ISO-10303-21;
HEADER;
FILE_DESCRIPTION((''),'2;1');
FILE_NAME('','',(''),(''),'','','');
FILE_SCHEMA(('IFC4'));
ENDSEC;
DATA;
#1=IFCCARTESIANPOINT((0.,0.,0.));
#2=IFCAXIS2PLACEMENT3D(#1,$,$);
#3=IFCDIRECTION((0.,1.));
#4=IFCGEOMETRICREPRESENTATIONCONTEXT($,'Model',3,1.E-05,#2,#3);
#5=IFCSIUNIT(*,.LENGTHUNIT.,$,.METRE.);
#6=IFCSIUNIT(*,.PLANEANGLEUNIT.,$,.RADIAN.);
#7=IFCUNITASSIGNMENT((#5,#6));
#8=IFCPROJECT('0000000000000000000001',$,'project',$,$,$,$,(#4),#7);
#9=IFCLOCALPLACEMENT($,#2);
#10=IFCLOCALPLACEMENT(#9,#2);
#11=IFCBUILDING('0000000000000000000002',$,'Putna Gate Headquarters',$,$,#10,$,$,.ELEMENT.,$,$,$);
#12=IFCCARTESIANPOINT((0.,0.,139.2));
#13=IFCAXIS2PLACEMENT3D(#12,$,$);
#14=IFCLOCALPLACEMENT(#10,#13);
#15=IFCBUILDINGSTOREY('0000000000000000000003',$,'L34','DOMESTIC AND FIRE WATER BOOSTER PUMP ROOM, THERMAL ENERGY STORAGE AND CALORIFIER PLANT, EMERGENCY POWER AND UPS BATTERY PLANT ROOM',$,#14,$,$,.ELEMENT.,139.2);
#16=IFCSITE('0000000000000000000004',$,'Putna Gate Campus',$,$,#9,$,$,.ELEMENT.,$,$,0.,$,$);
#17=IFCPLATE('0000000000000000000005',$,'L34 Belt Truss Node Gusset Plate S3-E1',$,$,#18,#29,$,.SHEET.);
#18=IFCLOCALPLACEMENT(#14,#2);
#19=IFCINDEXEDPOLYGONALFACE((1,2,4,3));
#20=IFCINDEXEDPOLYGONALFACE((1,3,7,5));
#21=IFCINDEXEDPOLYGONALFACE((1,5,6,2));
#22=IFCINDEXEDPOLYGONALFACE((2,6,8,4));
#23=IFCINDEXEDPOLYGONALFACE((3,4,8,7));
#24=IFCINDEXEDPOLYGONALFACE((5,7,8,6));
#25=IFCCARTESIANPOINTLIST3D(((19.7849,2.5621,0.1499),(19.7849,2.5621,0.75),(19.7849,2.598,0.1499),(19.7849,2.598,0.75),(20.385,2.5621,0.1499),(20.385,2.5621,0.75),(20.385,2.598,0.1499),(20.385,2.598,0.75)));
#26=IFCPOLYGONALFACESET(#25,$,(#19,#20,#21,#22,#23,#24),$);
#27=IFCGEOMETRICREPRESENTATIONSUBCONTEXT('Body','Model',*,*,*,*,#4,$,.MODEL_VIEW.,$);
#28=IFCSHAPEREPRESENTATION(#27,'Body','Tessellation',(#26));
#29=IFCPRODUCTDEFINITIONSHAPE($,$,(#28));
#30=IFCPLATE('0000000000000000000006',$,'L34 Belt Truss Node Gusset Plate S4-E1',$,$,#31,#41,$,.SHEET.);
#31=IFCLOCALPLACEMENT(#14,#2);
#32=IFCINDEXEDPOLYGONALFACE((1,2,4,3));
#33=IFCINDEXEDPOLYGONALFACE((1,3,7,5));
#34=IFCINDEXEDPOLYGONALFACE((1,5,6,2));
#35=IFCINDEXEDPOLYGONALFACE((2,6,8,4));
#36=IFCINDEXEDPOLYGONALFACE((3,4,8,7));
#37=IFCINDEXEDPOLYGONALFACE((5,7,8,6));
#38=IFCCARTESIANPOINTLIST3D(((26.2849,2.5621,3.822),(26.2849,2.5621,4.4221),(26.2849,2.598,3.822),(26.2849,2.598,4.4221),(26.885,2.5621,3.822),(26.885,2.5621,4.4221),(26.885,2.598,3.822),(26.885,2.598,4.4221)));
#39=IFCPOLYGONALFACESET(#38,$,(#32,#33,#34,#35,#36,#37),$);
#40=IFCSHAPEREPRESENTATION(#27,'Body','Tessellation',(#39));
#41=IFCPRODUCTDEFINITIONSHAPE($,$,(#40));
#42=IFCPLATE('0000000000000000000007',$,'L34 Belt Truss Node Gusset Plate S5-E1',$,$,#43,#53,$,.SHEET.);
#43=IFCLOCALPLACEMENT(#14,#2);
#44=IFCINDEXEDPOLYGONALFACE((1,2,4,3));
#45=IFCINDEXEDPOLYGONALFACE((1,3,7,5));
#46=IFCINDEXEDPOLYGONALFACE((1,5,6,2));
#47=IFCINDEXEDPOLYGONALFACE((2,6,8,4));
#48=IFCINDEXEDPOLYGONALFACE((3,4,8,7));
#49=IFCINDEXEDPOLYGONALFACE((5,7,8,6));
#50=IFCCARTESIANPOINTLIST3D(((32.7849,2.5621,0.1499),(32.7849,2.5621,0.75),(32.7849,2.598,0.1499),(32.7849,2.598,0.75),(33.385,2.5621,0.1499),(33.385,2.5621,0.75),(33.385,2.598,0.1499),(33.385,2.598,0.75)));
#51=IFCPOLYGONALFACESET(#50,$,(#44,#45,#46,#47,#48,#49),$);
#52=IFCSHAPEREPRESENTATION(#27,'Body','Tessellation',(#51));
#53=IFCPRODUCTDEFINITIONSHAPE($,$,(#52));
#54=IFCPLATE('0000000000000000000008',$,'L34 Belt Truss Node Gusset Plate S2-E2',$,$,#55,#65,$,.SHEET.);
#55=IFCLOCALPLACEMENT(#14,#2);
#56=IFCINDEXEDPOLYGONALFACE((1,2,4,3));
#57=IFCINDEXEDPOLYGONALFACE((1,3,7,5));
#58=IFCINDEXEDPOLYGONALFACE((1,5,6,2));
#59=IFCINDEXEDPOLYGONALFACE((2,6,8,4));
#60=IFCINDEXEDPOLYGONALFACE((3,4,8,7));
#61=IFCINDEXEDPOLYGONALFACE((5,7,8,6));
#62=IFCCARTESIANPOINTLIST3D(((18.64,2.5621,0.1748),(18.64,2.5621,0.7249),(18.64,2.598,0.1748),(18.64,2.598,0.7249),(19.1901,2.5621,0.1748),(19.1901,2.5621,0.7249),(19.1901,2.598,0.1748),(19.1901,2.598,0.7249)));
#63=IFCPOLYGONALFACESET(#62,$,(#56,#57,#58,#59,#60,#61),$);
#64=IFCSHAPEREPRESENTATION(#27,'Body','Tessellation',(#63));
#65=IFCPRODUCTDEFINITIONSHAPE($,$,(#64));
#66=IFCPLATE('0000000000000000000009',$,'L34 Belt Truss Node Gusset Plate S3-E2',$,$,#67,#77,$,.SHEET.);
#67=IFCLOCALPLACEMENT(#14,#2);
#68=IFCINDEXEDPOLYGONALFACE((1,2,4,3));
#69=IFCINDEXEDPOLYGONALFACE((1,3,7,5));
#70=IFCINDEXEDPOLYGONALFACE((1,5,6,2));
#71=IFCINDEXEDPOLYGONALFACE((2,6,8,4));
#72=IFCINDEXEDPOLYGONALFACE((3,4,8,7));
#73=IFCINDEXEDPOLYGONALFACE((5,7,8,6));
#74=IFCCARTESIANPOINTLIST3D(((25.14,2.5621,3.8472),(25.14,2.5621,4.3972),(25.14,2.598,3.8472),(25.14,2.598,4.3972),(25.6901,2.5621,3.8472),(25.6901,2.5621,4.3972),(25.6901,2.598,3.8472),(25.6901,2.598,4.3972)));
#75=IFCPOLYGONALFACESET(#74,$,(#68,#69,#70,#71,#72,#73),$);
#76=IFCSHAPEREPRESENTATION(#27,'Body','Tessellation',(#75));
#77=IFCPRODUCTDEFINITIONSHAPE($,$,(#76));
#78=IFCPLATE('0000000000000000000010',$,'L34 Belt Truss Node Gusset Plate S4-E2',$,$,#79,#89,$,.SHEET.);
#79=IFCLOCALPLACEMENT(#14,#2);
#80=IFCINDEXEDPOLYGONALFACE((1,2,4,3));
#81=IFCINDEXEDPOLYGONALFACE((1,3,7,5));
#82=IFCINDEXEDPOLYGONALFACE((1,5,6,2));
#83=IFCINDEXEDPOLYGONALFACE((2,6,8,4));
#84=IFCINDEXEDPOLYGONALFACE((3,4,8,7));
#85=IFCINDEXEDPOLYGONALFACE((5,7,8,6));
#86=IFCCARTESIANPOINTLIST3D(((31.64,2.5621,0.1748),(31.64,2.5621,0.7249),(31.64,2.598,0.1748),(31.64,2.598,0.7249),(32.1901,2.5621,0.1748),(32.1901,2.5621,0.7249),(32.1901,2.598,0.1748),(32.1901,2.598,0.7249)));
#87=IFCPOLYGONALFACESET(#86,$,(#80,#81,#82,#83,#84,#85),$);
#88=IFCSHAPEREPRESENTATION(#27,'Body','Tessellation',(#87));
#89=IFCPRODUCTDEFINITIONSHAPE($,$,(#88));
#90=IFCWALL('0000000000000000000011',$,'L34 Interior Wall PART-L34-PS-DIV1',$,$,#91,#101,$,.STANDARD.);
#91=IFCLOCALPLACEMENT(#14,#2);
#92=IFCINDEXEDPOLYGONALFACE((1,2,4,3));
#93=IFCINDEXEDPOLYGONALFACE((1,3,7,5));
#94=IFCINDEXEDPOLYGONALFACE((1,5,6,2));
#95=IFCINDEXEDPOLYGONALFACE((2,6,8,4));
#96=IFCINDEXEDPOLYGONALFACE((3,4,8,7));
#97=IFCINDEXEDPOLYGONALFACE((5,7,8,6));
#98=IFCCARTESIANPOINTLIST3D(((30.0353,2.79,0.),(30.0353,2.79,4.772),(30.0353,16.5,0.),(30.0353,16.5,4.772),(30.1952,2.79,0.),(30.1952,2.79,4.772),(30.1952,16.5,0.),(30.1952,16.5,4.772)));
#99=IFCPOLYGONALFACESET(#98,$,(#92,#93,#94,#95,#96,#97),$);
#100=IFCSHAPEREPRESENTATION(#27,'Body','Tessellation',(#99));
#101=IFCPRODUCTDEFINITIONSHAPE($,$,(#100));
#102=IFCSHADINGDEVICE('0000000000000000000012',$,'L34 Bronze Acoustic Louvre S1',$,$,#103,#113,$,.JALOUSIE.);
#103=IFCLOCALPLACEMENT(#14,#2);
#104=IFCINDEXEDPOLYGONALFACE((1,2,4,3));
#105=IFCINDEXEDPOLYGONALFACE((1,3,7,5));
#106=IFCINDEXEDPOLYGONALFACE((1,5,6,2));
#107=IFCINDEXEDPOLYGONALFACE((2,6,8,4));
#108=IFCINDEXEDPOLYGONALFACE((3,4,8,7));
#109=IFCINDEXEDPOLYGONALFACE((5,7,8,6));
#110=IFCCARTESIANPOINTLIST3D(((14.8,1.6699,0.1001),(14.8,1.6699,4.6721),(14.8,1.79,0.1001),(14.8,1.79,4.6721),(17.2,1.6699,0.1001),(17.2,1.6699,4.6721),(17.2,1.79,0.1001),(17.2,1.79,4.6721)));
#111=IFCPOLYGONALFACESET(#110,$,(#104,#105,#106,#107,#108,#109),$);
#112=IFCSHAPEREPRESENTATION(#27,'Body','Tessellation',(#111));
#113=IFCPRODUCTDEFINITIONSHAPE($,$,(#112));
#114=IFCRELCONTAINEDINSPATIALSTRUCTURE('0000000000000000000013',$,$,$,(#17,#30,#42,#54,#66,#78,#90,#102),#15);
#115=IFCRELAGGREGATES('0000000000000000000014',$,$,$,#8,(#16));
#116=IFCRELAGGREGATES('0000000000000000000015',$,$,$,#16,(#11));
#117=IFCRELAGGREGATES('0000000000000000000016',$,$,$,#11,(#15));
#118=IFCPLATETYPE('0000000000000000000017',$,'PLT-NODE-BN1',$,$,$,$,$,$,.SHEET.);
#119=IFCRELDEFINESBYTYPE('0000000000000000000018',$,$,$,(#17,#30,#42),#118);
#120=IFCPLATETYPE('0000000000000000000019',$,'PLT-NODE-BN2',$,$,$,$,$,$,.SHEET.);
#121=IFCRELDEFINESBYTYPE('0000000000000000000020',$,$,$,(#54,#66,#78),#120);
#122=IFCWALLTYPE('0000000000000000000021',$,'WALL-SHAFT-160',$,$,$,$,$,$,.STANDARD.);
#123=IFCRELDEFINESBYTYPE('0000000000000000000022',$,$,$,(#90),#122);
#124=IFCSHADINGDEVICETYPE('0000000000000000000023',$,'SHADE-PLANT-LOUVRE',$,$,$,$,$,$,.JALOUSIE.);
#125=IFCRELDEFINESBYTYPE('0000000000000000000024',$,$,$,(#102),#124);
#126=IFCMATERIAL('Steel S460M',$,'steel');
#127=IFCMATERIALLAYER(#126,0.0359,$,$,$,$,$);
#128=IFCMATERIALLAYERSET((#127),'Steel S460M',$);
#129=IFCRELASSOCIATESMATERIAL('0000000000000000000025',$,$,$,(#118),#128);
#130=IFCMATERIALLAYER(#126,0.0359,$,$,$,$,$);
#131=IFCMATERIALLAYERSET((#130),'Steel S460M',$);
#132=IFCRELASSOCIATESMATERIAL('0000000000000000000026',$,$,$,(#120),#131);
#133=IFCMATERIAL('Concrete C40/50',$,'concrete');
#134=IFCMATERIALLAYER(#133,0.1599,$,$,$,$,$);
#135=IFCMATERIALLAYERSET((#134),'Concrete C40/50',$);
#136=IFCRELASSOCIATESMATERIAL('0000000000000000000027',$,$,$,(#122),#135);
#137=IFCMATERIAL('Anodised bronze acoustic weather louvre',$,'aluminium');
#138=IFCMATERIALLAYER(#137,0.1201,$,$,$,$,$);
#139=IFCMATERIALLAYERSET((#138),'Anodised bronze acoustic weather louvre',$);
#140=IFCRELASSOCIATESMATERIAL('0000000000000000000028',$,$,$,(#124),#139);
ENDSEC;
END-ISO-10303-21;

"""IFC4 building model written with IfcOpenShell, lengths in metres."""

from ifc_helpers import new_model, si_unit, direction, frame, frame_2d, origin, origin_2d, place, context, subcontext, project, spatial, rectangle, extrude, material, layer, layer_set, type_object, element, save


model = new_model("IFC4")

# Units and contexts
model_context = context("Model", 3, precision=1e-05, world=origin(), true_north=direction((0.0, 1.0)))
body_context = subcontext(model_context, "Body", "Model", "MODEL_VIEW")
ifc_project = project(units=[si_unit("LENGTHUNIT", "METRE"), si_unit("PLANEANGLEUNIT", "RADIAN")], contexts=[model_context])

# Site, building, storey
site_placement = place(None, origin())
site = spatial("IfcSite", under=ifc_project, at=site_placement, Name="Putna Gate Campus", CompositionType="ELEMENT", RefElevation=0.0)
building_placement = place(site_placement, origin())
building = spatial("IfcBuilding", under=site, at=building_placement, Name="Putna Gate Headquarters", CompositionType="ELEMENT")
storey_placement = place(building_placement, frame((0.0, 0.0, 139.2)))
storey = spatial("IfcBuildingStorey", under=building, at=storey_placement, Name="L34", Description="DOMESTIC AND FIRE WATER BOOSTER PUMP ROOM, THERMAL ENERGY STORAGE AND CALORIFIER PLANT, EMERGENCY POWER AND UPS BATTERY PLANT ROOM", CompositionType="ELEMENT", Elevation=139.2)

# Shared definitions
ifc_material_1 = material(Name="Steel S460M", Category="steel")

# Plates
ifc_layer_1 = layer(ifc_material_1, 0.0359)
ifc_layer_set_1 = layer_set([ifc_layer_1], Name="Steel S460M")
plate_type_1 = type_object("IfcPlateType", Name="PLT-NODE-BN1", PredefinedType="SHEET", material=ifc_layer_set_1)
for number, where, z_axis, x_axis, name in (
    (1, (20.085, 2.5801, 0.1499), (0.0, 0.0, 1.0), (1.0, 0.0, 0.0), "L34 Belt Truss Node Gusset Plate S3-E1"),
    (2, (26.585, 2.5801, 3.822), (0.0, 0.0, 1.0), (1.0, 0.0, 0.0), "L34 Belt Truss Node Gusset Plate S4-E1"),
    (3, (33.085, 2.5801, 0.1499), (0.0, 0.0, 1.0), (1.0, 0.0, 0.0), "L34 Belt Truss Node Gusset Plate S5-E1"),
):
    element("IfcPlate", number, at=place(storey_placement, frame(where, z_axis=z_axis, x_axis=x_axis)), inside=storey, type_object=plate_type_1, Name=name, PredefinedType="SHEET", context=body_context, shape_type="SweptSolid", body=[
        extrude(rectangle(XDim=0.6001, YDim=0.0359, at=origin_2d()), origin(), (0.0, 0.0, 1.0), 0.6001),
    ])
ifc_layer_2 = layer(ifc_material_1, 0.0359)
ifc_layer_set_2 = layer_set([ifc_layer_2], Name="Steel S460M")
plate_type_2 = type_object("IfcPlateType", Name="PLT-NODE-BN2", PredefinedType="SHEET", material=ifc_layer_set_2)
for number, where, z_axis, x_axis, name in (
    (4, (18.915, 2.5801, 0.1748), (0.0, 0.0, 1.0), (1.0, 0.0, 0.0), "L34 Belt Truss Node Gusset Plate S2-E2"),
    (5, (25.415, 2.5801, 3.8472), (0.0, 0.0, 1.0), (1.0, 0.0, 0.0), "L34 Belt Truss Node Gusset Plate S3-E2"),
    (6, (31.915, 2.5801, 0.1748), (0.0, 0.0, 1.0), (1.0, 0.0, 0.0), "L34 Belt Truss Node Gusset Plate S4-E2"),
):
    element("IfcPlate", number, at=place(storey_placement, frame(where, z_axis=z_axis, x_axis=x_axis)), inside=storey, type_object=plate_type_2, Name=name, PredefinedType="SHEET", context=body_context, shape_type="SweptSolid", body=[
        extrude(rectangle(XDim=0.55, YDim=0.0359, at=origin_2d()), origin(), (0.0, 0.0, 1.0), 0.55),
    ])

# Wall
ifc_material_2 = material(Name="Concrete C40/50", Category="concrete")
ifc_layer_3 = layer(ifc_material_2, 0.1599)
ifc_layer_set_3 = layer_set([ifc_layer_3], Name="Concrete C40/50")
wall_type = type_object("IfcWallType", Name="WALL-SHAFT-160", PredefinedType="STANDARD", material=ifc_layer_set_3)
wall_placement = place(storey_placement, frame((30.1152, 2.79, 0.0), z_axis=(0.0, 0.0, 1.0), x_axis=(0.0, 1.0, 0.0)))
element("IfcWall", 7, at=wall_placement, inside=storey, type_object=wall_type, Name="L34 Interior Wall PART-L34-PS-DIV1", PredefinedType="STANDARD", context=body_context, shape_type="SweptSolid", body=[
    extrude(rectangle(XDim=13.71, YDim=0.1599, at=frame_2d((6.855, 0.0))), origin(), (0.0, 0.0, 1.0), 4.772),
])

# Shading device
ifc_material_3 = material(Name="Anodised bronze acoustic weather louvre", Category="aluminium")
ifc_layer_4 = layer(ifc_material_3, 0.1201)
ifc_layer_set_4 = layer_set([ifc_layer_4], Name="Anodised bronze acoustic weather louvre")
shading_device_type = type_object("IfcShadingDeviceType", Name="SHADE-PLANT-LOUVRE", PredefinedType="JALOUSIE", material=ifc_layer_set_4)
shading_device_placement = place(storey_placement, frame((16.0, 1.73, 0.1001), z_axis=(0.0, 0.0, 1.0), x_axis=(1.0, 0.0, 0.0)))
element("IfcShadingDevice", 8, at=shading_device_placement, inside=storey, type_object=shading_device_type, Name="L34 Bronze Acoustic Louvre S1", PredefinedType="JALOUSIE", context=body_context, shape_type="SweptSolid", body=[
    extrude(rectangle(XDim=2.3999, YDim=0.1201, at=origin_2d()), origin(), (0.0, 0.0, 1.0), 4.572),
])

save(model, "model.ifc")
